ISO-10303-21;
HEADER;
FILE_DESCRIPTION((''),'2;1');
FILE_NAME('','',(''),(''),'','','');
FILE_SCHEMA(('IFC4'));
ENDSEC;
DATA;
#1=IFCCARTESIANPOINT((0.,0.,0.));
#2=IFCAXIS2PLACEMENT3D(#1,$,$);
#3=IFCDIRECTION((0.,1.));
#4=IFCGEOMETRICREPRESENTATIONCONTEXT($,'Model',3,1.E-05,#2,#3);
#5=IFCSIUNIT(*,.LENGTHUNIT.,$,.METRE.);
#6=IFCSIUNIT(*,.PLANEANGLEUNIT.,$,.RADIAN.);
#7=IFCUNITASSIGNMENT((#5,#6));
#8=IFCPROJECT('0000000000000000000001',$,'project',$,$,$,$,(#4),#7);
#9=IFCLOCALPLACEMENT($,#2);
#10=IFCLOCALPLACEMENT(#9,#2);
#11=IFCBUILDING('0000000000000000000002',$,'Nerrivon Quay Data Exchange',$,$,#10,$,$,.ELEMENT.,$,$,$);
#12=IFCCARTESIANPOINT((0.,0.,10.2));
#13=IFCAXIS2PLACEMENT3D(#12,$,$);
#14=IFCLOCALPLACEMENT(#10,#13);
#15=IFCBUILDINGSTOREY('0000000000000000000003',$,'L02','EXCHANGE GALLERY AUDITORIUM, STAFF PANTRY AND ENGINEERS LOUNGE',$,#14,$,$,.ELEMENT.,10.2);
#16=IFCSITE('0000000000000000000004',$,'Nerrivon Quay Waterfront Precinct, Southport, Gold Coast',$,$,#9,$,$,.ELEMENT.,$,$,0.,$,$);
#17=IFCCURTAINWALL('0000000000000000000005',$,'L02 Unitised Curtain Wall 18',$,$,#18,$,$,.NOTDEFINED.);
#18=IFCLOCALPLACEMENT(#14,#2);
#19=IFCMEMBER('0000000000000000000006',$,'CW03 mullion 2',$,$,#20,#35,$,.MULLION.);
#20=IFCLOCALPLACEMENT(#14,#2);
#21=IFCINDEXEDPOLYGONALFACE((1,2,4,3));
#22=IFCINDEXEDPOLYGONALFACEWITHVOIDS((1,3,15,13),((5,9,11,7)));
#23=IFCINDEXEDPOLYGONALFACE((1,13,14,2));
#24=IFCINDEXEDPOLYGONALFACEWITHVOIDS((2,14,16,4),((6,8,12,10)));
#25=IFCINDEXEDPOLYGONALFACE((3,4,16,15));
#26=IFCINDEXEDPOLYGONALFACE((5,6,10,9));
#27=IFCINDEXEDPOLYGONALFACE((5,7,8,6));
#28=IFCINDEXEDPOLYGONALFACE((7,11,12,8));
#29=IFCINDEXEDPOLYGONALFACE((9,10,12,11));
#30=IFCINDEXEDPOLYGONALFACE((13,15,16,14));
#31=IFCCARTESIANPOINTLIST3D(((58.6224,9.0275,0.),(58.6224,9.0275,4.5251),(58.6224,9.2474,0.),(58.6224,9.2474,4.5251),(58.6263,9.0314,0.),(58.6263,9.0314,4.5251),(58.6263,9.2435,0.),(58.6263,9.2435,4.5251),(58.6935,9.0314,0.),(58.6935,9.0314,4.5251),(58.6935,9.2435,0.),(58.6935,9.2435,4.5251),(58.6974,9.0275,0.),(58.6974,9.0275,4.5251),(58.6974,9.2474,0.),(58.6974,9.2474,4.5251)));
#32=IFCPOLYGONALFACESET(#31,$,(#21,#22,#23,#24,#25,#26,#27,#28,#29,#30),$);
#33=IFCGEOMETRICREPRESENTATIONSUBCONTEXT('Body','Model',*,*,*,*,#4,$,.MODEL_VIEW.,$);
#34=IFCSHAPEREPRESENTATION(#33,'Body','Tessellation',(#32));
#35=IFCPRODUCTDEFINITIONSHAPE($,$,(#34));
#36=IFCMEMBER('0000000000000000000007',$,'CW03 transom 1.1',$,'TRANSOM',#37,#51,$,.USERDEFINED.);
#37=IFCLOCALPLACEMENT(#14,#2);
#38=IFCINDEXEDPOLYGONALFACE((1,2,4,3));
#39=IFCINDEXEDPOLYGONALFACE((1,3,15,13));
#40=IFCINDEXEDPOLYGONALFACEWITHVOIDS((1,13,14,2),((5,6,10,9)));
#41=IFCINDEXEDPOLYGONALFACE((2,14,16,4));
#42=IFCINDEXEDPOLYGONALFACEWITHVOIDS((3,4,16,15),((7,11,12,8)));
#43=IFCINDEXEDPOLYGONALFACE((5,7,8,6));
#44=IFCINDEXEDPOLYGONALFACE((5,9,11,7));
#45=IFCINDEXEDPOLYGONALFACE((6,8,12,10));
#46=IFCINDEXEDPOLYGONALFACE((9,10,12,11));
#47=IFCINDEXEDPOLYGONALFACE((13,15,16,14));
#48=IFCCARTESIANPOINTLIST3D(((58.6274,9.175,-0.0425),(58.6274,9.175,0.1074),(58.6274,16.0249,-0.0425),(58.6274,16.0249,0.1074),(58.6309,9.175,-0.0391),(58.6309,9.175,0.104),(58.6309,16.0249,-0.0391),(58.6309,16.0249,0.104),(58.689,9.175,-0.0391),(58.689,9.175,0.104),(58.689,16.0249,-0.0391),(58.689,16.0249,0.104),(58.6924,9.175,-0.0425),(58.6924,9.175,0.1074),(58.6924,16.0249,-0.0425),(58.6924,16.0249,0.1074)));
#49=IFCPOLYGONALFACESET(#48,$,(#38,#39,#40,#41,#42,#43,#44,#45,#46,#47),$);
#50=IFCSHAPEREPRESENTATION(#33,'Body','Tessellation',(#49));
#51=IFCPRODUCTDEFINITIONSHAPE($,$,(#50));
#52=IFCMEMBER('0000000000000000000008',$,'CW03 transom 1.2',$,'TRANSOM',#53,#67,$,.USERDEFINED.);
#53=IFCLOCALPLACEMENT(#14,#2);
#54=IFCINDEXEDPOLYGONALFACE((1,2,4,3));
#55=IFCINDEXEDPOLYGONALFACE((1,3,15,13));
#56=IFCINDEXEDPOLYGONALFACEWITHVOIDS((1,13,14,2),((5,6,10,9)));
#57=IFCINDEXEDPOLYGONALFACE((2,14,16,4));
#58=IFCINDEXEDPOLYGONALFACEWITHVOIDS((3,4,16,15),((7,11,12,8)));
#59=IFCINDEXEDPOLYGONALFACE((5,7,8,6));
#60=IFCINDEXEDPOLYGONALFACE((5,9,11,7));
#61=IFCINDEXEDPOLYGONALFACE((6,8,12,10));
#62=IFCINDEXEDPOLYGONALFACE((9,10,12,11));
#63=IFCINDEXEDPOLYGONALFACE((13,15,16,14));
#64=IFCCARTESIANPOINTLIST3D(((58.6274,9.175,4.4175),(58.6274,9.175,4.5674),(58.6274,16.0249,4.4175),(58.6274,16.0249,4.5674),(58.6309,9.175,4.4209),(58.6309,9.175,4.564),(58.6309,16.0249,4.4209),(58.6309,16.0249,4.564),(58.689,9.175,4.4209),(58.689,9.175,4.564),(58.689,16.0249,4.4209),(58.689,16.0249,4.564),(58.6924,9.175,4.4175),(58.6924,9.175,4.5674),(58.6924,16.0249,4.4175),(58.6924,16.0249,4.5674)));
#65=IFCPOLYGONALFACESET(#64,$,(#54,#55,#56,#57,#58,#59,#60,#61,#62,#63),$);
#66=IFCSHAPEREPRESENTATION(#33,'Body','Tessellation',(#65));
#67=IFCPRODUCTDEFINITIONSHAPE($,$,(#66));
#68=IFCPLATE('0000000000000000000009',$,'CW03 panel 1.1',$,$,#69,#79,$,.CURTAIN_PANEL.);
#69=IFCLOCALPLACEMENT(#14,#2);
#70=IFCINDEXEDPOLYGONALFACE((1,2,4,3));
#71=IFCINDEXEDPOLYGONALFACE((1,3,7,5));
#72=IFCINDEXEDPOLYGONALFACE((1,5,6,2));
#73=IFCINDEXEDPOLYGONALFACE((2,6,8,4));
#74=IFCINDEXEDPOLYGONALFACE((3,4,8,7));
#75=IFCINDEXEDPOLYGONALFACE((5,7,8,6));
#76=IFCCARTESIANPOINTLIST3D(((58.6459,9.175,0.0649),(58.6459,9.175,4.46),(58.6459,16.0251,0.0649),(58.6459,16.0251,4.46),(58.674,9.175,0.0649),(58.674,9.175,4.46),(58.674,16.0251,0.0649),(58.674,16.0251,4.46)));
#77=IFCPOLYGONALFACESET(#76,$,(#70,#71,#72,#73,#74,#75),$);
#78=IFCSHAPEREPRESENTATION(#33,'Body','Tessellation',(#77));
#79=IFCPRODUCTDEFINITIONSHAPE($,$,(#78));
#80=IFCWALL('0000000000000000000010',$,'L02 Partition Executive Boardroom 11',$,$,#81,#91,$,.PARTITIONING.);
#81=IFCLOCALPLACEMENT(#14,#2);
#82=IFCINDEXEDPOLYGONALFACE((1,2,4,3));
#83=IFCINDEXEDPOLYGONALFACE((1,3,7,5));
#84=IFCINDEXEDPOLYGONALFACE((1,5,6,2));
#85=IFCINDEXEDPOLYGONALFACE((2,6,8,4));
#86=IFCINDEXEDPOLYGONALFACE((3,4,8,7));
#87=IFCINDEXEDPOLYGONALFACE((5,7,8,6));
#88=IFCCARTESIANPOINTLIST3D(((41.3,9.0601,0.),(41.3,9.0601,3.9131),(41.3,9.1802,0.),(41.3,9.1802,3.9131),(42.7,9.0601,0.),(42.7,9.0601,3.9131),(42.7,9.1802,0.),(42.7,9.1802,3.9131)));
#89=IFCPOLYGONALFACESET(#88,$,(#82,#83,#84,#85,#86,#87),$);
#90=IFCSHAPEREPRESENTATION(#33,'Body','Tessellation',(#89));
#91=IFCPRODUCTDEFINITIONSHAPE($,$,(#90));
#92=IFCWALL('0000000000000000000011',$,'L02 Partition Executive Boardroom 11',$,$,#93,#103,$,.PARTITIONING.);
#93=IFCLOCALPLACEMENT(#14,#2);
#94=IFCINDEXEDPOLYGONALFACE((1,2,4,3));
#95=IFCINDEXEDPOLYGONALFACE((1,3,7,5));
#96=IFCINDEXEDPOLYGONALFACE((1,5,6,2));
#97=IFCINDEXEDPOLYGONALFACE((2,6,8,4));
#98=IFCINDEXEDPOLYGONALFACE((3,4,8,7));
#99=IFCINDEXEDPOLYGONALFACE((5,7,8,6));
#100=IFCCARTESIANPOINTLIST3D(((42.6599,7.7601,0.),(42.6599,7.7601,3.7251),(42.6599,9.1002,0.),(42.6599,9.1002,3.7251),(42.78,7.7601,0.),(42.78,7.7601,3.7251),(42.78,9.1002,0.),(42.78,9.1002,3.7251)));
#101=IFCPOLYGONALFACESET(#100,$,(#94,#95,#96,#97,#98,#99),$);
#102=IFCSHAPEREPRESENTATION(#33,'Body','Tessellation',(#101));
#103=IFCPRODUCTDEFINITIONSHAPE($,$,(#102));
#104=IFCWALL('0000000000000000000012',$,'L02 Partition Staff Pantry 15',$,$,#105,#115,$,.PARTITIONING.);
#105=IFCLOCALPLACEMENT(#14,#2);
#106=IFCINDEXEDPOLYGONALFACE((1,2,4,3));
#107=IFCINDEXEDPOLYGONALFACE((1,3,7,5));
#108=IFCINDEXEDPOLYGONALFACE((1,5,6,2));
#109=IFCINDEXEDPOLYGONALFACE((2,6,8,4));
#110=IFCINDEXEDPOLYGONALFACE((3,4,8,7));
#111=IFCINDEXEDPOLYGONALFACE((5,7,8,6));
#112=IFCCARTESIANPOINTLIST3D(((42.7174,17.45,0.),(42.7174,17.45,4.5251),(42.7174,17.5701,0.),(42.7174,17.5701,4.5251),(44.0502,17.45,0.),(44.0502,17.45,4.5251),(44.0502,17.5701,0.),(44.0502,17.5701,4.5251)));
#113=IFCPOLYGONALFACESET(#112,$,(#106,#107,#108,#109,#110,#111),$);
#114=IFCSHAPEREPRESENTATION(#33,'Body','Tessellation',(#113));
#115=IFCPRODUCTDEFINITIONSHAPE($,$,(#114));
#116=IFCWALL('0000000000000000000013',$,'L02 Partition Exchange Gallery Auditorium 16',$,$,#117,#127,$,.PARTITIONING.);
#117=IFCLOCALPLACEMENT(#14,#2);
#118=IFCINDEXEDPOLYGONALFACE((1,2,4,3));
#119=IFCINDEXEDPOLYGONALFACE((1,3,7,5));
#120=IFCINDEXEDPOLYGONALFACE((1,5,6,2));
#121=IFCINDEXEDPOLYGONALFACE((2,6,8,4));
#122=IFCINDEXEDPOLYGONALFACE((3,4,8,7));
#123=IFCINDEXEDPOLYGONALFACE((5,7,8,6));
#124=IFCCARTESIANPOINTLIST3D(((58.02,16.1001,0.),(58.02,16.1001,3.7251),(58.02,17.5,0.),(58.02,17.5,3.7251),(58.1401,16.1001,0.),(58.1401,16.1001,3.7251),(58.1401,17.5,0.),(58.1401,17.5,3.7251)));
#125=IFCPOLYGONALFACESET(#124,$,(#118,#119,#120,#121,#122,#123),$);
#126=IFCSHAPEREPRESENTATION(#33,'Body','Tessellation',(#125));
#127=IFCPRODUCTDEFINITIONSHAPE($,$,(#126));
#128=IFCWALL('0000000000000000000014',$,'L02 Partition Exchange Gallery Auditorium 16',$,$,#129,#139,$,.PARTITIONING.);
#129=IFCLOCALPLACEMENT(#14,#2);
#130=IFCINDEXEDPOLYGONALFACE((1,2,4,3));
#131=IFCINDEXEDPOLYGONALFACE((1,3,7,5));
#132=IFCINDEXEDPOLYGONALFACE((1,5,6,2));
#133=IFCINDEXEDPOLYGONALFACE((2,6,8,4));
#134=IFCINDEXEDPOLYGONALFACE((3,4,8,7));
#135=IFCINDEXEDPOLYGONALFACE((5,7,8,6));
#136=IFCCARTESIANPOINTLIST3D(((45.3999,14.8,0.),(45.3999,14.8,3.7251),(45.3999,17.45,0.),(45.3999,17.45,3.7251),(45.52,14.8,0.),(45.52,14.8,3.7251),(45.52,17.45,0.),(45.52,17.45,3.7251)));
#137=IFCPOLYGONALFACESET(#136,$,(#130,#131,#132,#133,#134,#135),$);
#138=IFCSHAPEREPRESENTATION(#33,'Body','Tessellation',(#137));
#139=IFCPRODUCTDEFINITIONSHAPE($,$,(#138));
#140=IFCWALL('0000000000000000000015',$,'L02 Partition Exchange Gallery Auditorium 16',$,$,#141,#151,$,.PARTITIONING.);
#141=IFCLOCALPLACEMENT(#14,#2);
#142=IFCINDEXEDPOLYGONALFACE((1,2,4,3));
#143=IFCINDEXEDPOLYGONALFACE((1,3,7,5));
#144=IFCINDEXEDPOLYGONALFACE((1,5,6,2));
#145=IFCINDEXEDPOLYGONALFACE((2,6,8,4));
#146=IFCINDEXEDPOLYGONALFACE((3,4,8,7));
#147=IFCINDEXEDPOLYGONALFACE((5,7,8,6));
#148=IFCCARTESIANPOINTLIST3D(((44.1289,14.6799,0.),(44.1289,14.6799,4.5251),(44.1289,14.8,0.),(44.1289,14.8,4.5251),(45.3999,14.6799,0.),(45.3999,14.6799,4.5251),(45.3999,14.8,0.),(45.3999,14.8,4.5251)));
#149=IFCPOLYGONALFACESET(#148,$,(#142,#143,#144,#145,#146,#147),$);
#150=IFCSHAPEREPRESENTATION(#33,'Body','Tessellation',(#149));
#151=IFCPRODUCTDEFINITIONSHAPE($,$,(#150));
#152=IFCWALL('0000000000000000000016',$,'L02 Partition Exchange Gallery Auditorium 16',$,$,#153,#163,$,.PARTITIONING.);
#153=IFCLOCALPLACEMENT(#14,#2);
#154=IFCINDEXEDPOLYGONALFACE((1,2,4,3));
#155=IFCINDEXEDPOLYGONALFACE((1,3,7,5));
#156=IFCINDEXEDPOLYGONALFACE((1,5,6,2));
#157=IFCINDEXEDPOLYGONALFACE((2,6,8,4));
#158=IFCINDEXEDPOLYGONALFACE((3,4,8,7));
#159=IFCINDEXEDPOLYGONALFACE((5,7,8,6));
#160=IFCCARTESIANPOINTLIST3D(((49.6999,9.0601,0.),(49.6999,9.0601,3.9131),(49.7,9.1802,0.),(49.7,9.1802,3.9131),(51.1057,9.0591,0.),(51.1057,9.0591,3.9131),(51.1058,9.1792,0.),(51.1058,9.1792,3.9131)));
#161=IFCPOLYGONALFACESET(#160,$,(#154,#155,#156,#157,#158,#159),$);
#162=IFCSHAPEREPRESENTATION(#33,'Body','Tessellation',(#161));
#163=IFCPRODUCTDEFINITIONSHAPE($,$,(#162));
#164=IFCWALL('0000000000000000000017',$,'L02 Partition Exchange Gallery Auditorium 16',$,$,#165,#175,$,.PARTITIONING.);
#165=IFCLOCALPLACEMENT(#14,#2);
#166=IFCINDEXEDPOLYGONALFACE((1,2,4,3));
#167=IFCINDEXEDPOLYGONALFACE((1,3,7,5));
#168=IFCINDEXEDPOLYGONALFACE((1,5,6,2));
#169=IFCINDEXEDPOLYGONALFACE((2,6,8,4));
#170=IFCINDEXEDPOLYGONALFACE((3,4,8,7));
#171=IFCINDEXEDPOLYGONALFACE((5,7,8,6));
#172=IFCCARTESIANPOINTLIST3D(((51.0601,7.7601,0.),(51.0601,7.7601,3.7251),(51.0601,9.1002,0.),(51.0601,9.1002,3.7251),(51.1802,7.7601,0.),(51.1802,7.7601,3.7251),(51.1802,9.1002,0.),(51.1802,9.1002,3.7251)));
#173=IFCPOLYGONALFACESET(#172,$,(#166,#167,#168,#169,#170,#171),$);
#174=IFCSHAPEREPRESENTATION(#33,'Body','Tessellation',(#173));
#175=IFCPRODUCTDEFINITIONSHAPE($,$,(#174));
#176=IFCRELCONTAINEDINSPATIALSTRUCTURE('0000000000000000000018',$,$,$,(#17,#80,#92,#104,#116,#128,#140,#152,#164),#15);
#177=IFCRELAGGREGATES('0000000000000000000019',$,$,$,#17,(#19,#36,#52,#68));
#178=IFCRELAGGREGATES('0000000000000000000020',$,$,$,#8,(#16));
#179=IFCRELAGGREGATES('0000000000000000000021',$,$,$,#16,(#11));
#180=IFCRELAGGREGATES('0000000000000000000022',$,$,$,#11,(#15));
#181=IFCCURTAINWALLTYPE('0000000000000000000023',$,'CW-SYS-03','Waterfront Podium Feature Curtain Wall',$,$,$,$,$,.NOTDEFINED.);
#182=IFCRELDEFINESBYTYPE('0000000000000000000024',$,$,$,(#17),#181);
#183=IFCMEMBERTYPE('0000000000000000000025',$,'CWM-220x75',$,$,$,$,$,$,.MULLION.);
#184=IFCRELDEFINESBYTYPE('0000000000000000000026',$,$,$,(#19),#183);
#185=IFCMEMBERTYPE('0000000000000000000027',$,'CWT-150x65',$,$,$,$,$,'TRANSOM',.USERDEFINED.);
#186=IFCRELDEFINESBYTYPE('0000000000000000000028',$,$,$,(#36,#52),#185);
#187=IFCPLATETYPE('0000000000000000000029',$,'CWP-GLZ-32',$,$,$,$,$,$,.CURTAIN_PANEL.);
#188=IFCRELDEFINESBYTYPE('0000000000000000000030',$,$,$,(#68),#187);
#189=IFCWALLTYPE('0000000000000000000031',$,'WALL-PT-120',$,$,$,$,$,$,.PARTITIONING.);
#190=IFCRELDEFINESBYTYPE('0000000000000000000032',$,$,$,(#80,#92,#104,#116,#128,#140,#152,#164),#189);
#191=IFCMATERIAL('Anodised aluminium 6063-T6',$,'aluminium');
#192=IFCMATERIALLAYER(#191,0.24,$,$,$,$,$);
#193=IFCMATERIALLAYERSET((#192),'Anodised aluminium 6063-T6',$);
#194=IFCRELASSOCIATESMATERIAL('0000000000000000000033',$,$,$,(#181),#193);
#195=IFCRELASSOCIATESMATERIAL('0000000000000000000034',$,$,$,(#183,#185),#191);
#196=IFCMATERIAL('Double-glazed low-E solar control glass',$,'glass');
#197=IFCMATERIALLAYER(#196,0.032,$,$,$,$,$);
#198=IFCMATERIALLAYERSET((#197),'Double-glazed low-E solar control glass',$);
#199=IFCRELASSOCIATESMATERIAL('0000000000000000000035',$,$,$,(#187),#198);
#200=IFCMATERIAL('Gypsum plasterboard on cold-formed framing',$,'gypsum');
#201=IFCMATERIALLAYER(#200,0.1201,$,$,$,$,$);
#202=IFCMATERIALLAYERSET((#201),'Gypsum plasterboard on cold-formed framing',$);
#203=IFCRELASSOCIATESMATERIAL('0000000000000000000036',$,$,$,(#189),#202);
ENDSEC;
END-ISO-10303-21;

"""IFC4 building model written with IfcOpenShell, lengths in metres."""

from ifc_helpers import new_model, si_unit, direction, frame, frame_2d, origin, origin_2d, place, context, subcontext, project, spatial, rectangle, hollow_rectangle, extrude, material, layer, layer_set, material_profile, profile_set, type_object, element, aggregate, save


model = new_model("IFC4")

# Units and contexts
model_context = context("Model", 3, precision=1e-05, world=origin(), true_north=direction((0.0, 1.0)))
body_context = subcontext(model_context, "Body", "Model", "MODEL_VIEW")
ifc_project = project(units=[si_unit("LENGTHUNIT", "METRE"), si_unit("PLANEANGLEUNIT", "RADIAN")], contexts=[model_context])

# Site, building, storey
site_placement = place(None, origin())
site = spatial("IfcSite", under=ifc_project, at=site_placement, Name="Nerrivon Quay Waterfront Precinct, Southport, Gold Coast", CompositionType="ELEMENT", RefElevation=0.0)
building_placement = place(site_placement, origin())
building = spatial("IfcBuilding", under=site, at=building_placement, Name="Nerrivon Quay Data Exchange", CompositionType="ELEMENT")
storey_placement = place(building_placement, frame((0.0, 0.0, 10.2)))
storey = spatial("IfcBuildingStorey", under=building, at=storey_placement, Name="L02", Description="EXCHANGE GALLERY AUDITORIUM, STAFF PANTRY AND ENGINEERS LOUNGE", CompositionType="ELEMENT", Elevation=10.2)

# Curtain wall, members, plate
ifc_material_1 = material(Name="Anodised aluminium 6063-T6", Category="aluminium")
ifc_layer_1 = layer(ifc_material_1, 0.24)
ifc_layer_set_1 = layer_set([ifc_layer_1], Name="Anodised aluminium 6063-T6")
curtain_wall_type = type_object("IfcCurtainWallType", Name="CW-SYS-03", Description="Waterfront Podium Feature Curtain Wall", PredefinedType="NOTDEFINED", material=ifc_layer_set_1)
curtain_wall_placement = place(storey_placement, origin())
curtain_wall = element("IfcCurtainWall", 1, at=curtain_wall_placement, inside=storey, type_object=curtain_wall_type, Name="L02 Unitised Curtain Wall 18", PredefinedType="NOTDEFINED")
ifc_material_profile_1 = material_profile(ifc_material_1, hollow_rectangle(XDim=0.075, YDim=0.22, WallThickness=0.0039, at=origin_2d()), Name="ALU-MULL-220x75")
ifc_profile_set_1 = profile_set([ifc_material_profile_1], Name="Anodised aluminium 6063-T6")
member_type_1 = type_object("IfcMemberType", Name="CWM-220x75", PredefinedType="MULLION", material=ifc_profile_set_1)
member_1_placement = place(storey_placement, frame((58.6599, 9.1375, 0.0), z_axis=(0.0, 0.0, 1.0), x_axis=(1.0, 0.0, 0.0)))
member_1 = element("IfcMember", 2, at=member_1_placement, type_object=member_type_1, Name="CW03 mullion 2", PredefinedType="MULLION", context=body_context, shape_type="SweptSolid", body=[
    extrude(hollow_rectangle(XDim=0.075, YDim=0.22, WallThickness=0.0039, at=origin_2d()), origin(), (0.0, 0.0, 1.0), 4.5251),
])
ifc_material_profile_2 = material_profile(ifc_material_1, hollow_rectangle(XDim=0.0649, YDim=0.1499, WallThickness=0.0034, at=origin_2d()), Name="ALU-TRAN-150x65")
ifc_profile_set_2 = profile_set([ifc_material_profile_2], Name="Anodised aluminium 6063-T6")
member_type_2 = type_object("IfcMemberType", Name="CWT-150x65", ElementType="TRANSOM", PredefinedType="USERDEFINED", material=ifc_profile_set_2)
member_2_placement = place(storey_placement, frame((58.6599, 16.0249, 0.0325), z_axis=(0.0, -1.0, 0.0), x_axis=(1.0, 0.0, 0.0)))
member_2 = element("IfcMember", 3, at=member_2_placement, type_object=member_type_2, Name="CW03 transom 1.1", ObjectType="TRANSOM", PredefinedType="USERDEFINED", context=body_context, shape_type="SweptSolid", body=[
    extrude(hollow_rectangle(XDim=0.0649, YDim=0.1499, WallThickness=0.0034, at=origin_2d()), origin(), (0.0, 0.0, 1.0), 6.8499),
])
member_3_placement = place(storey_placement, frame((58.6599, 16.0249, 4.4924), z_axis=(0.0, -1.0, 0.0), x_axis=(1.0, 0.0, 0.0)))
member_3 = element("IfcMember", 4, at=member_3_placement, type_object=member_type_2, Name="CW03 transom 1.2", ObjectType="TRANSOM", PredefinedType="USERDEFINED", context=body_context, shape_type="SweptSolid", body=[
    extrude(hollow_rectangle(XDim=0.0649, YDim=0.1499, WallThickness=0.0034, at=origin_2d()), origin(), (0.0, 0.0, 1.0), 6.8499),
])
ifc_material_2 = material(Name="Double-glazed low-E solar control glass", Category="glass")
ifc_layer_2 = layer(ifc_material_2, 0.032)
ifc_layer_set_2 = layer_set([ifc_layer_2], Name="Double-glazed low-E solar control glass")
plate_type = type_object("IfcPlateType", Name="CWP-GLZ-32", PredefinedType="CURTAIN_PANEL", material=ifc_layer_set_2)
plate_placement = place(storey_placement, frame((58.6599, 12.6001, 0.0649), z_axis=(0.0, 0.0, 1.0), x_axis=(0.0, -1.0, 0.0)))
plate = element("IfcPlate", 5, at=plate_placement, type_object=plate_type, Name="CW03 panel 1.1", PredefinedType="CURTAIN_PANEL", context=body_context, shape_type="SweptSolid", body=[
    extrude(rectangle(XDim=6.8501, YDim=0.0281, at=origin_2d()), origin(), (0.0, 0.0, 1.0), 4.395),
])
aggregate(curtain_wall, [member_1, member_2, member_3, plate])

# Walls
ifc_material_3 = material(Name="Gypsum plasterboard on cold-formed framing", Category="gypsum")
ifc_layer_3 = layer(ifc_material_3, 0.1201)
ifc_layer_set_3 = layer_set([ifc_layer_3], Name="Gypsum plasterboard on cold-formed framing")
wall_type_1 = type_object("IfcWallType", Name="WALL-PT-120", PredefinedType="PARTITIONING", material=ifc_layer_set_3)
wall_1_placement = place(storey_placement, frame((41.3, 9.1201, 0.0), z_axis=(0.0, 0.0, 1.0), x_axis=(1.0, 0.0, 0.0)))
element("IfcWall", 6, at=wall_1_placement, inside=storey, type_object=wall_type_1, Name="L02 Partition Executive Boardroom 11", PredefinedType="PARTITIONING", context=body_context, shape_type="SweptSolid", body=[
    extrude(rectangle(XDim=1.3999, YDim=0.1201, at=frame_2d((0.7, 0.0))), origin(), (0.0, 0.0, 1.0), 3.9131),
])
wall_2_placement = place(storey_placement, frame((42.72, 9.1001, 0.0), z_axis=(0.0, 0.0, 1.0), x_axis=(0.0, -1.0, 0.0)))
element("IfcWall", 7, at=wall_2_placement, inside=storey, type_object=wall_type_1, Name="L02 Partition Executive Boardroom 11", PredefinedType="PARTITIONING", context=body_context, shape_type="SweptSolid", body=[
    extrude(rectangle(XDim=1.3401, YDim=0.1201, at=frame_2d((0.6699, 0.0))), origin(), (0.0, 0.0, 1.0), 3.7251),
])
wall_3_placement = place(storey_placement, frame((42.7173, 17.51, 0.0), z_axis=(0.0, 0.0, 1.0), x_axis=(1.0, 0.0, 0.0)))
element("IfcWall", 8, at=wall_3_placement, inside=storey, type_object=wall_type_1, Name="L02 Partition Staff Pantry 15", PredefinedType="PARTITIONING", context=body_context, shape_type="SweptSolid", body=[
    extrude(rectangle(XDim=1.3328, YDim=0.1201, at=frame_2d((0.6665, 0.0))), origin(), (0.0, 0.0, 1.0), 4.5251),
])
wall_4_placement = place(storey_placement, frame((58.0801, 16.1001, 0.0), z_axis=(0.0, 0.0, 1.0), x_axis=(0.0, 1.0, 0.0)))
element("IfcWall", 9, at=wall_4_placement, inside=storey, type_object=wall_type_1, Name="L02 Partition Exchange Gallery Auditorium 16", PredefinedType="PARTITIONING", context=body_context, shape_type="SweptSolid", body=[
    extrude(rectangle(XDim=1.3999, YDim=0.1201, at=frame_2d((0.7, 0.0))), origin(), (0.0, 0.0, 1.0), 3.7251),
])
wall_5_placement = place(storey_placement, frame((45.46, 17.45, 0.0), z_axis=(0.0, 0.0, 1.0), x_axis=(0.0, -1.0, 0.0)))
element("IfcWall", 10, at=wall_5_placement, inside=storey, type_object=wall_type_1, Name="L02 Partition Exchange Gallery Auditorium 16", PredefinedType="PARTITIONING", context=body_context, shape_type="SweptSolid", body=[
    extrude(rectangle(XDim=2.6499, YDim=0.1201, at=frame_2d((1.325, 0.0))), origin(), (0.0, 0.0, 1.0), 3.7251),
])
wall_6_placement = place(storey_placement, frame((45.3999, 14.74, 0.0), z_axis=(0.0, 0.0, 1.0), x_axis=(-1.0, 0.0, 0.0)))
element("IfcWall", 11, at=wall_6_placement, inside=storey, type_object=wall_type_1, Name="L02 Partition Exchange Gallery Auditorium 16", PredefinedType="PARTITIONING", context=body_context, shape_type="SweptSolid", body=[
    extrude(rectangle(XDim=1.271, YDim=0.1201, at=frame_2d((0.6355, 0.0))), origin(), (0.0, 0.0, 1.0), 4.5251),
])
wall_7_placement = place(storey_placement, frame((49.7, 9.1201, 0.0), z_axis=(0.0, 0.0, 1.0), x_axis=(1.0, -0.000695, 0.0)))
element("IfcWall", 12, at=wall_7_placement, inside=storey, type_object=wall_type_1, Name="L02 Partition Exchange Gallery Auditorium 16", PredefinedType="PARTITIONING", context=body_context, shape_type="SweptSolid", body=[
    extrude(rectangle(XDim=1.4058, YDim=0.1201, at=frame_2d((0.7029, 0.0))), origin(), (0.0, 0.0, 1.0), 3.9131),
])
wall_8_placement = place(storey_placement, frame((51.1201, 9.1001, 0.0), z_axis=(0.0, 0.0, 1.0), x_axis=(0.0, -1.0, 0.0)))
element("IfcWall", 13, at=wall_8_placement, inside=storey, type_object=wall_type_1, Name="L02 Partition Exchange Gallery Auditorium 16", PredefinedType="PARTITIONING", context=body_context, shape_type="SweptSolid", body=[
    extrude(rectangle(XDim=1.3401, YDim=0.1201, at=frame_2d((0.6699, 0.0))), origin(), (0.0, 0.0, 1.0), 3.7251),
])

save(model, "model.ifc")
